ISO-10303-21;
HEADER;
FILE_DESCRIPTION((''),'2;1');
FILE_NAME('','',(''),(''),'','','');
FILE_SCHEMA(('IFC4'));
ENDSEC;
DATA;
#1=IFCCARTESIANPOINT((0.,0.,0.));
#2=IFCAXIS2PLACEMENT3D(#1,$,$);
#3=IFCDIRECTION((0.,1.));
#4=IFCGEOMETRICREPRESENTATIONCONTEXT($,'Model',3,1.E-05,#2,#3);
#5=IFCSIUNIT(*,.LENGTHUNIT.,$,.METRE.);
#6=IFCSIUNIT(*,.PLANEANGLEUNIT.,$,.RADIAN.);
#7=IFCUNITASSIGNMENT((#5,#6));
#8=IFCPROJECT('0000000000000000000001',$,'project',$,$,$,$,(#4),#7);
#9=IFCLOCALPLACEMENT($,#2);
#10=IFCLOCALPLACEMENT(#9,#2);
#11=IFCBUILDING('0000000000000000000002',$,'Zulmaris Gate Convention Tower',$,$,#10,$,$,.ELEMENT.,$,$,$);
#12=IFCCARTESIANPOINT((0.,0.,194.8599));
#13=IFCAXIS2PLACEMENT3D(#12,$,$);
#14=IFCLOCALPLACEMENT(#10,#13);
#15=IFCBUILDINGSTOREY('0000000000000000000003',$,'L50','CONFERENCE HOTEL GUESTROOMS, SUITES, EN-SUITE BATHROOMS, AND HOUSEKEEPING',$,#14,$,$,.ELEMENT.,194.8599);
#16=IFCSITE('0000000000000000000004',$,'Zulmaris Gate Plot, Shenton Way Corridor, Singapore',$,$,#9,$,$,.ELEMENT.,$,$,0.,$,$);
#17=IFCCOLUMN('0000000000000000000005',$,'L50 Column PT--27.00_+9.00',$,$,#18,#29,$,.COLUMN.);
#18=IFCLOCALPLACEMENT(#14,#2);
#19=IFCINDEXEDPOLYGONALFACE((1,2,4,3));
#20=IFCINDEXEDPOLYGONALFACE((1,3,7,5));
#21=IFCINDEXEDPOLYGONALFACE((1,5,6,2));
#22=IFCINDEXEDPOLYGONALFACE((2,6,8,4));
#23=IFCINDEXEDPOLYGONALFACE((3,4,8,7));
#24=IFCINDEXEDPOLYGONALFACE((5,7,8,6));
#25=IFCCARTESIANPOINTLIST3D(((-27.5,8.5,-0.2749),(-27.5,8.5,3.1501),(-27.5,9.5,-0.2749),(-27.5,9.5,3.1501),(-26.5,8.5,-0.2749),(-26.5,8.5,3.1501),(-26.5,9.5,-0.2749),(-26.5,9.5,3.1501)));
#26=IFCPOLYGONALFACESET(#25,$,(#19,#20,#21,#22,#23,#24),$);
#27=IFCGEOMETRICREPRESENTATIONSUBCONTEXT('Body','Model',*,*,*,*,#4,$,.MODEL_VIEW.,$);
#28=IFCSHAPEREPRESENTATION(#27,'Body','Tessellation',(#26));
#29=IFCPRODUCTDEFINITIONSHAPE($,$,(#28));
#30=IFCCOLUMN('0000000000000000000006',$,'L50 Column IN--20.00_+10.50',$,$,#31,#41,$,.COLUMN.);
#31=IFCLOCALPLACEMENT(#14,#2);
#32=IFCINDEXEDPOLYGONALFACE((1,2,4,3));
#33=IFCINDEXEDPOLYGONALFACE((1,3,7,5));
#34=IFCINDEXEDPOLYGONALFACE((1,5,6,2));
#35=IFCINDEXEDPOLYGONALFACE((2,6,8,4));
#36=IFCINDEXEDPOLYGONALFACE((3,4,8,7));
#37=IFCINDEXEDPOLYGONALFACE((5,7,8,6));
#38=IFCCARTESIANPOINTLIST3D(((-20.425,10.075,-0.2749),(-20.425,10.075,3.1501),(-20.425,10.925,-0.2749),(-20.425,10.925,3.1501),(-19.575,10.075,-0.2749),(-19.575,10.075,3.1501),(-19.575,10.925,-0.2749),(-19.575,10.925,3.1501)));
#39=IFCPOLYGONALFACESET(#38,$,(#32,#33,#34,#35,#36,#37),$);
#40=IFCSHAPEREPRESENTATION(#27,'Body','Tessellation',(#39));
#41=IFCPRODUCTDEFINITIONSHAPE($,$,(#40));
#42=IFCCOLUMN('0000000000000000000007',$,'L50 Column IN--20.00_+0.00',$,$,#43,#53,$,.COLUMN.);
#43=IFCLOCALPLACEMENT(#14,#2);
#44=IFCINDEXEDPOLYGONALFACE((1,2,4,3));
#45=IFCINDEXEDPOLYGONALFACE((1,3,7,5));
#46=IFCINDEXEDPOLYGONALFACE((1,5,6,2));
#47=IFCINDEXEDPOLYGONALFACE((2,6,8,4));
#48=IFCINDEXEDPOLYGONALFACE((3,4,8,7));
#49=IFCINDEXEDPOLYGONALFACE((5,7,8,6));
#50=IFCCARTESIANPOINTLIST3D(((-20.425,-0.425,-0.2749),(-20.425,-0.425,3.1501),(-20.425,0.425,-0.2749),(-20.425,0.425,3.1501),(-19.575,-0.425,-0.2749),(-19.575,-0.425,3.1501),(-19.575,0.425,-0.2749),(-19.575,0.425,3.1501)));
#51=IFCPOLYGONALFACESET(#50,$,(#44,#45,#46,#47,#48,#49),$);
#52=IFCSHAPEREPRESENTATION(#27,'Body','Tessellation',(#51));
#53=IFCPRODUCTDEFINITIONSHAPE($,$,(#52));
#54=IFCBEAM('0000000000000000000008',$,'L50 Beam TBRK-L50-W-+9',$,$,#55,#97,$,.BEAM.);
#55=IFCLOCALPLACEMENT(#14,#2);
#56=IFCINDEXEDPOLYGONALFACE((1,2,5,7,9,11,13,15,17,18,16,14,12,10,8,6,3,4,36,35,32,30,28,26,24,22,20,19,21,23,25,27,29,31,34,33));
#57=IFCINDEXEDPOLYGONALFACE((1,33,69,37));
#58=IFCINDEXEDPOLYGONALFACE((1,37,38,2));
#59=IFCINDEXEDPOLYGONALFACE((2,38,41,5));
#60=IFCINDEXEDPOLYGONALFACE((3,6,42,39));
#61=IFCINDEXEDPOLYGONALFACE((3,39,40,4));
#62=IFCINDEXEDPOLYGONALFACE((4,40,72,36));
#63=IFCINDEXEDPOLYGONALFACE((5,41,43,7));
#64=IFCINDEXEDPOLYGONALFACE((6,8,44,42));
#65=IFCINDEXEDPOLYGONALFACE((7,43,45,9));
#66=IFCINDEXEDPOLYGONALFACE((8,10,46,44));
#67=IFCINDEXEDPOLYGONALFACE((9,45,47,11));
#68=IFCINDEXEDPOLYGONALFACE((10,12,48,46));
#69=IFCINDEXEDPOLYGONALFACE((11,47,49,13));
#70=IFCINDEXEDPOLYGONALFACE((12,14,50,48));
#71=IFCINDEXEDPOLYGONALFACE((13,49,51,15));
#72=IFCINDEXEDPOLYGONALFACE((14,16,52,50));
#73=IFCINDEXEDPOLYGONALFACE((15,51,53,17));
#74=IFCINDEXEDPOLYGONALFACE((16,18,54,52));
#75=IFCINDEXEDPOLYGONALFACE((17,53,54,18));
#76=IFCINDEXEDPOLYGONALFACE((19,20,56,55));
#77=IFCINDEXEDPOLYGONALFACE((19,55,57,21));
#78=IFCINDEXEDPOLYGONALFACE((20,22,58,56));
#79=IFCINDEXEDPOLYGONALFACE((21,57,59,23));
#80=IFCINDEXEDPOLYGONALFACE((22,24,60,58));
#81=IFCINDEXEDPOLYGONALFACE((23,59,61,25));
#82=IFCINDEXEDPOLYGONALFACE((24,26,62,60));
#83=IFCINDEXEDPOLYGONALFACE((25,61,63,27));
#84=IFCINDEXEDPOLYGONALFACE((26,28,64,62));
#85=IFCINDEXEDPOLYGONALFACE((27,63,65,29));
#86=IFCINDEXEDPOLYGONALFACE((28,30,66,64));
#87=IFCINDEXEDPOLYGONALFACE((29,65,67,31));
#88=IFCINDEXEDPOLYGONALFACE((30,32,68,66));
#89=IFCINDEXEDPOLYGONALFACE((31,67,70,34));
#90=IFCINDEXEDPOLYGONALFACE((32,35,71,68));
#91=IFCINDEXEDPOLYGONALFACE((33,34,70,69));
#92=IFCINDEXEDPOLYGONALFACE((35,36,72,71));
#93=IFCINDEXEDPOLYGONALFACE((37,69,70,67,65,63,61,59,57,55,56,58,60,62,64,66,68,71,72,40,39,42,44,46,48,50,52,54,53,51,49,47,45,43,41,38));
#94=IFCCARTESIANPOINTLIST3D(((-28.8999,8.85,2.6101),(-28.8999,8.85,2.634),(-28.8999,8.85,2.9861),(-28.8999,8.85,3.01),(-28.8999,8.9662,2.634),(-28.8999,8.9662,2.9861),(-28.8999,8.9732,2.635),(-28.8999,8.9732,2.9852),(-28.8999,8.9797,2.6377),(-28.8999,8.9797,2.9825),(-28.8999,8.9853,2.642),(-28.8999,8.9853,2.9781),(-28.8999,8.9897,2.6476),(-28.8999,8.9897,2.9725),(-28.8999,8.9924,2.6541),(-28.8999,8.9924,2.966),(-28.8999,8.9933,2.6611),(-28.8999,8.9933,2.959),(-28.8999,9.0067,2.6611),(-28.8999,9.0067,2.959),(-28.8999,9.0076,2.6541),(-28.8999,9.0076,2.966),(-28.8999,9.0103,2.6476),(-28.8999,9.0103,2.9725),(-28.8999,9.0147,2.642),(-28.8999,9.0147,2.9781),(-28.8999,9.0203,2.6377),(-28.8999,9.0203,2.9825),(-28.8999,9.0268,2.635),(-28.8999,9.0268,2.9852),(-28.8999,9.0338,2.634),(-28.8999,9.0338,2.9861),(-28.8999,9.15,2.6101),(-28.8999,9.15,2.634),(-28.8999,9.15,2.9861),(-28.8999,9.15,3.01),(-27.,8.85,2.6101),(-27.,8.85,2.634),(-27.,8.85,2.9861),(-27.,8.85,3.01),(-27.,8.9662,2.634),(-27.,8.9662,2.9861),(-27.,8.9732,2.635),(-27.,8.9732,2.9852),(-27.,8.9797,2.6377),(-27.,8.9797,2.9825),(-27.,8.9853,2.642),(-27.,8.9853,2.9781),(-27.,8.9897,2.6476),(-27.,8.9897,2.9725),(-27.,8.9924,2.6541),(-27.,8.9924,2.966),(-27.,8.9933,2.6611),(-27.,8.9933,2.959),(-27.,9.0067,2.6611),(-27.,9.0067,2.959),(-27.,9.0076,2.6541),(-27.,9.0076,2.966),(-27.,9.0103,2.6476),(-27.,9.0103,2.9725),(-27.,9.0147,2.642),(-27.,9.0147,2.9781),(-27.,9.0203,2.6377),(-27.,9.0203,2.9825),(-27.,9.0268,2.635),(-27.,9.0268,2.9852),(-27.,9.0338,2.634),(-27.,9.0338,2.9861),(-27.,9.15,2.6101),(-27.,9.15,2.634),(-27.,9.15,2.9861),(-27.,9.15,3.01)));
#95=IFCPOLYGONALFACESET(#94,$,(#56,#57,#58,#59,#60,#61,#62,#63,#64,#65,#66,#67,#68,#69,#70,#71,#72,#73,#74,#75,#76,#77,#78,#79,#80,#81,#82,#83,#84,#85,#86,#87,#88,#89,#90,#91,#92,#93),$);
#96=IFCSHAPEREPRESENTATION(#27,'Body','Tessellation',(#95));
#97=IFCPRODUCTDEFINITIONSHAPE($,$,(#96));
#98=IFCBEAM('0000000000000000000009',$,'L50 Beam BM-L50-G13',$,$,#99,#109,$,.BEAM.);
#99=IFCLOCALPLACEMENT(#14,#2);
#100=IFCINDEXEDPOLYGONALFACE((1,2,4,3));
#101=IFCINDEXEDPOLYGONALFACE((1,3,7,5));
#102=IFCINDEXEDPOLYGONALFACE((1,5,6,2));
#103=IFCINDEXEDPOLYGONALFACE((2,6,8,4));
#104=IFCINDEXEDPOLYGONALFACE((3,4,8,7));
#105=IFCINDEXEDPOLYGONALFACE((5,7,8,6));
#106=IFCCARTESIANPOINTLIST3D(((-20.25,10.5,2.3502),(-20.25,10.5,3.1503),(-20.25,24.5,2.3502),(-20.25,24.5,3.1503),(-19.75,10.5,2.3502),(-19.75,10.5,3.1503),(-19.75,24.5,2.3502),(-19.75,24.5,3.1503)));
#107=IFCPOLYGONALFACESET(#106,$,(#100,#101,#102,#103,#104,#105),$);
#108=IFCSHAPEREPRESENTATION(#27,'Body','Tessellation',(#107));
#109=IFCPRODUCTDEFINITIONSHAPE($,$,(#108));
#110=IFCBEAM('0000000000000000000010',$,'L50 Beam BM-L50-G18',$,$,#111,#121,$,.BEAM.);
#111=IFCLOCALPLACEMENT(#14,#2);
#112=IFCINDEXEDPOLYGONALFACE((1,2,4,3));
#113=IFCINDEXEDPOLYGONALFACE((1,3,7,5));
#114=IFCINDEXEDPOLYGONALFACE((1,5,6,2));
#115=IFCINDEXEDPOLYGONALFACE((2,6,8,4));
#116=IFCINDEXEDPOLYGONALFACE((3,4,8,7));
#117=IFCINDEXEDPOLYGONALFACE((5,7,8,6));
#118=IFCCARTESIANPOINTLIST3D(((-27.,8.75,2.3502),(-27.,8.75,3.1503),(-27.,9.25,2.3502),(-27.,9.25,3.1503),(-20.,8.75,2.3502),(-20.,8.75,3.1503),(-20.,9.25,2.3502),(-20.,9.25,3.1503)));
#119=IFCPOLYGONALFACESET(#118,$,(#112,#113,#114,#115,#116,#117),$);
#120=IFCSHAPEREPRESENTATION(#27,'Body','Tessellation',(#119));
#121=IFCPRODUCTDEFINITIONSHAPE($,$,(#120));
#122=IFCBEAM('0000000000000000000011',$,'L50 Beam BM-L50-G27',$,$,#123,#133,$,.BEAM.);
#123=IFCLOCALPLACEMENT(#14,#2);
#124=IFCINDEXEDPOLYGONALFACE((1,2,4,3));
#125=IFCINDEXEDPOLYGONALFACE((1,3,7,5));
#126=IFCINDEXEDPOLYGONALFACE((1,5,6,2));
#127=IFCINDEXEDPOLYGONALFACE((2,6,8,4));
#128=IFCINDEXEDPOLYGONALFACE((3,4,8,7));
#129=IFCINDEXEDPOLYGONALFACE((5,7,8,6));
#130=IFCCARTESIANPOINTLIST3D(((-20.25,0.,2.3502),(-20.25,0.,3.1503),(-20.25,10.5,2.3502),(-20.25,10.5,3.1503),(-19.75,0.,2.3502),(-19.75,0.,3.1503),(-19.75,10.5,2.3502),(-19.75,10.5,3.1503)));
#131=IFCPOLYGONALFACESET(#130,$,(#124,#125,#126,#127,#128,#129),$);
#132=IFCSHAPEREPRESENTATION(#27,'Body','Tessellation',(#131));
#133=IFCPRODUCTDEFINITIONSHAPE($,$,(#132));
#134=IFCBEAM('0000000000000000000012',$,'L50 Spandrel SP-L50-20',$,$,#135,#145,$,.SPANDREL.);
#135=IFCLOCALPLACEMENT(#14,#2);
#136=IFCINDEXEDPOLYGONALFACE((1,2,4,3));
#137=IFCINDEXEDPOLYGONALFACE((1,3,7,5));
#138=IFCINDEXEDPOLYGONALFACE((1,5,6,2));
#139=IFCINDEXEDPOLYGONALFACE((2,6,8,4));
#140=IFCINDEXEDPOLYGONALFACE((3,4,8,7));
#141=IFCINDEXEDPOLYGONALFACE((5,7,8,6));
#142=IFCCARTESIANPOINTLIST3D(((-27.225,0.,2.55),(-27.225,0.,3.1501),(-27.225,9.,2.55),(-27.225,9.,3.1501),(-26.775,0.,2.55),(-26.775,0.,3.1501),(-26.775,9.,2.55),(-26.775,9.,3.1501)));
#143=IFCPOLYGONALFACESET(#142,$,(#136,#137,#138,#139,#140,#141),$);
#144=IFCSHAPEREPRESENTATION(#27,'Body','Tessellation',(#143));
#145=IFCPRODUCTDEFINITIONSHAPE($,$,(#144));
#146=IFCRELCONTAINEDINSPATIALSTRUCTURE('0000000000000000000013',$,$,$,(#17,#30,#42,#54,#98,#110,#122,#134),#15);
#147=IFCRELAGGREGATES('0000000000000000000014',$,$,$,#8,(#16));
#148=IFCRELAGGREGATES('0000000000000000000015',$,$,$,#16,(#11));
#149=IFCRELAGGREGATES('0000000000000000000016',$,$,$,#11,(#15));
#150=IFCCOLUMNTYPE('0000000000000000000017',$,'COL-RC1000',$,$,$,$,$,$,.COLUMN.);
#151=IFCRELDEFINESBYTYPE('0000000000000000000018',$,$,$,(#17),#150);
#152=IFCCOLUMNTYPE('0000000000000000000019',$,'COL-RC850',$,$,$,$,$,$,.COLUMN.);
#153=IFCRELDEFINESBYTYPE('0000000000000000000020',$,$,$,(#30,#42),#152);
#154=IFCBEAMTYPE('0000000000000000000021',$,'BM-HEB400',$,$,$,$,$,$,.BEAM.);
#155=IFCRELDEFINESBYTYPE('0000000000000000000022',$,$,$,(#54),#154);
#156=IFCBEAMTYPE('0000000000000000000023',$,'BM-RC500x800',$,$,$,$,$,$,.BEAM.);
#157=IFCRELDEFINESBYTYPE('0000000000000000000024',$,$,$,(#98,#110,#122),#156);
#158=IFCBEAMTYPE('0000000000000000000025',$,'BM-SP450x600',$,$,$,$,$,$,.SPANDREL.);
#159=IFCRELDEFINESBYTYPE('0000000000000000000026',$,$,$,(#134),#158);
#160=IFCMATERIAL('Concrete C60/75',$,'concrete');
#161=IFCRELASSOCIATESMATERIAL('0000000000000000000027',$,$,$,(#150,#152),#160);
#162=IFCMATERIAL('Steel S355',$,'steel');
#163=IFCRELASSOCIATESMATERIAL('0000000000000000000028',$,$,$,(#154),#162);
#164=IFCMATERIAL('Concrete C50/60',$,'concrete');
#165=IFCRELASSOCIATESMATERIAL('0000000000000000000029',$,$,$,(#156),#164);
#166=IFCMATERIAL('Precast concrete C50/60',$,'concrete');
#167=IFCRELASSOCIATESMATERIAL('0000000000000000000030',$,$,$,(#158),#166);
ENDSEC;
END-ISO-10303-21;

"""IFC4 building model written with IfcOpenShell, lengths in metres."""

from ifc_helpers import new_model, si_unit, direction, frame, origin, origin_2d, place, context, subcontext, project, spatial, rectangle, i_section, extrude, material, material_profile, profile_set, type_object, element, save


model = new_model("IFC4")

# Units and contexts
model_context = context("Model", 3, precision=1e-05, world=origin(), true_north=direction((0.0, 1.0)))
body_context = subcontext(model_context, "Body", "Model", "MODEL_VIEW")
ifc_project = project(units=[si_unit("LENGTHUNIT", "METRE"), si_unit("PLANEANGLEUNIT", "RADIAN")], contexts=[model_context])

# Site, building, storey
site_placement = place(None, origin())
site = spatial("IfcSite", under=ifc_project, at=site_placement, Name="Zulmaris Gate Plot, Shenton Way Corridor, Singapore", CompositionType="ELEMENT", RefElevation=0.0)
building_placement = place(site_placement, origin())
building = spatial("IfcBuilding", under=site, at=building_placement, Name="Zulmaris Gate Convention Tower", CompositionType="ELEMENT")
storey_placement = place(building_placement, frame((0.0, 0.0, 194.8599)))
storey = spatial("IfcBuildingStorey", under=building, at=storey_placement, Name="L50", Description="CONFERENCE HOTEL GUESTROOMS, SUITES, EN-SUITE BATHROOMS, AND HOUSEKEEPING", CompositionType="ELEMENT", Elevation=194.8599)

# Columns
ifc_material_1 = material(Name="Concrete C60/75", Category="concrete")
ifc_material_profile_1 = material_profile(ifc_material_1, rectangle(XDim=1.0, YDim=1.0, at=origin_2d()), Name="RC COL 1000x1000")
ifc_profile_set_1 = profile_set([ifc_material_profile_1], Name="Concrete C60/75")
column_type_1 = type_object("IfcColumnType", Name="COL-RC1000", PredefinedType="COLUMN", material=ifc_profile_set_1)
column_placement = place(storey_placement, frame((-27.0, 9.0, -0.2749), z_axis=(0.0, 0.0, 1.0), x_axis=(1.0, 0.0, 0.0)))
element("IfcColumn", 1, at=column_placement, inside=storey, type_object=column_type_1, Name="L50 Column PT--27.00_+9.00", PredefinedType="COLUMN", context=body_context, shape_type="SweptSolid", body=[
    extrude(rectangle(XDim=1.0, YDim=1.0, at=origin_2d()), origin(), (0.0, 0.0, 1.0), 3.425),
])
ifc_material_profile_2 = material_profile(ifc_material_1, rectangle(XDim=0.8501, YDim=0.8501, at=origin_2d()), Name="RC COL 850x850")
ifc_profile_set_2 = profile_set([ifc_material_profile_2], Name="Concrete C60/75")
column_type_2 = type_object("IfcColumnType", Name="COL-RC850", PredefinedType="COLUMN", material=ifc_profile_set_2)
for number, where, z_axis, x_axis, name in (
    (2, (-20.0, 10.5, -0.2749), (0.0, 0.0, 1.0), (1.0, 0.0, 0.0), "L50 Column IN--20.00_+10.50"),
    (3, (-20.0, 0.0, -0.2749), (0.0, 0.0, 1.0), (1.0, 0.0, 0.0), "L50 Column IN--20.00_+0.00"),
):
    element("IfcColumn", number, at=place(storey_placement, frame(where, z_axis=z_axis, x_axis=x_axis)), inside=storey, type_object=column_type_2, Name=name, PredefinedType="COLUMN", context=body_context, shape_type="SweptSolid", body=[
        extrude(rectangle(XDim=0.8501, YDim=0.8501, at=origin_2d()), origin(), (0.0, 0.0, 1.0), 3.425),
    ])

# Beams
ifc_material_2 = material(Name="Steel S355", Category="steel")
ifc_material_profile_3 = material_profile(ifc_material_2, i_section(OverallWidth=0.3, OverallDepth=0.3999, WebThickness=0.0134, FlangeThickness=0.0239, FilletRadius=0.0271, at=origin_2d()), Name="HEB 400")
ifc_profile_set_3 = profile_set([ifc_material_profile_3], Name="Steel S355")
beam_type_1 = type_object("IfcBeamType", Name="BM-HEB400", PredefinedType="BEAM", material=ifc_profile_set_3)
beam_1_placement = place(storey_placement, frame((-28.8999, 9.0, 2.8101), z_axis=(1.0, 0.0, 0.0), x_axis=(0.0, 1.0, 0.0)))
element("IfcBeam", 4, at=beam_1_placement, inside=storey, type_object=beam_type_1, Name="L50 Beam TBRK-L50-W-+9", PredefinedType="BEAM", context=body_context, shape_type="SweptSolid", body=[
    extrude(i_section(OverallWidth=0.3, OverallDepth=0.3999, WebThickness=0.0134, FlangeThickness=0.0239, FilletRadius=0.0271, at=origin_2d()), origin(), (0.0, 0.0, 1.0), 1.8999),
])
ifc_material_3 = material(Name="Concrete C50/60", Category="concrete")
ifc_material_profile_4 = material_profile(ifc_material_3, rectangle(XDim=0.5, YDim=0.8, at=origin_2d()), Name="RC BEAM 500x800")
ifc_profile_set_4 = profile_set([ifc_material_profile_4], Name="Concrete C50/60")
beam_type_2 = type_object("IfcBeamType", Name="BM-RC500x800", PredefinedType="BEAM", material=ifc_profile_set_4)
beam_2_placement = place(storey_placement, frame((-20.0, 10.5, 2.7502), z_axis=(0.0, 1.0, 0.0), x_axis=(-1.0, 0.0, 0.0)))
element("IfcBeam", 5, at=beam_2_placement, inside=storey, type_object=beam_type_2, Name="L50 Beam BM-L50-G13", PredefinedType="BEAM", context=body_context, shape_type="SweptSolid", body=[
    extrude(rectangle(XDim=0.5, YDim=0.8, at=origin_2d()), origin(), (0.0, 0.0, 1.0), 14.0),
])
beam_3_placement = place(storey_placement, frame((-27.0, 9.0, 2.7502), z_axis=(1.0, 0.0, 0.0), x_axis=(0.0, 1.0, 0.0)))
element("IfcBeam", 6, at=beam_3_placement, inside=storey, type_object=beam_type_2, Name="L50 Beam BM-L50-G18", PredefinedType="BEAM", context=body_context, shape_type="SweptSolid", body=[
    extrude(rectangle(XDim=0.5, YDim=0.8, at=origin_2d()), origin(), (0.0, 0.0, 1.0), 7.0),
])
beam_4_placement = place(storey_placement, frame((-20.0, 0.0, 2.7502), z_axis=(0.0, 1.0, 0.0), x_axis=(-1.0, 0.0, 0.0)))
element("IfcBeam", 7, at=beam_4_placement, inside=storey, type_object=beam_type_2, Name="L50 Beam BM-L50-G27", PredefinedType="BEAM", context=body_context, shape_type="SweptSolid", body=[
    extrude(rectangle(XDim=0.5, YDim=0.8, at=origin_2d()), origin(), (0.0, 0.0, 1.0), 10.5),
])
ifc_material_4 = material(Name="Precast concrete C50/60", Category="concrete")
ifc_material_profile_5 = material_profile(ifc_material_4, rectangle(XDim=0.45, YDim=0.6001, at=origin_2d()), Name="RC SPANDREL 450x600")
ifc_profile_set_5 = profile_set([ifc_material_profile_5], Name="Precast concrete C50/60")
beam_type_3 = type_object("IfcBeamType", Name="BM-SP450x600", PredefinedType="SPANDREL", material=ifc_profile_set_5)
beam_5_placement = place(storey_placement, frame((-27.0, 9.0, 2.8501), z_axis=(0.0, -1.0, 0.0), x_axis=(1.0, 0.0, 0.0)))
element("IfcBeam", 8, at=beam_5_placement, inside=storey, type_object=beam_type_3, Name="L50 Spandrel SP-L50-20", PredefinedType="SPANDREL", context=body_context, shape_type="SweptSolid", body=[
    extrude(rectangle(XDim=0.45, YDim=0.6001, at=origin_2d()), origin(), (0.0, 0.0, 1.0), 9.0),
])

save(model, "model.ifc")
